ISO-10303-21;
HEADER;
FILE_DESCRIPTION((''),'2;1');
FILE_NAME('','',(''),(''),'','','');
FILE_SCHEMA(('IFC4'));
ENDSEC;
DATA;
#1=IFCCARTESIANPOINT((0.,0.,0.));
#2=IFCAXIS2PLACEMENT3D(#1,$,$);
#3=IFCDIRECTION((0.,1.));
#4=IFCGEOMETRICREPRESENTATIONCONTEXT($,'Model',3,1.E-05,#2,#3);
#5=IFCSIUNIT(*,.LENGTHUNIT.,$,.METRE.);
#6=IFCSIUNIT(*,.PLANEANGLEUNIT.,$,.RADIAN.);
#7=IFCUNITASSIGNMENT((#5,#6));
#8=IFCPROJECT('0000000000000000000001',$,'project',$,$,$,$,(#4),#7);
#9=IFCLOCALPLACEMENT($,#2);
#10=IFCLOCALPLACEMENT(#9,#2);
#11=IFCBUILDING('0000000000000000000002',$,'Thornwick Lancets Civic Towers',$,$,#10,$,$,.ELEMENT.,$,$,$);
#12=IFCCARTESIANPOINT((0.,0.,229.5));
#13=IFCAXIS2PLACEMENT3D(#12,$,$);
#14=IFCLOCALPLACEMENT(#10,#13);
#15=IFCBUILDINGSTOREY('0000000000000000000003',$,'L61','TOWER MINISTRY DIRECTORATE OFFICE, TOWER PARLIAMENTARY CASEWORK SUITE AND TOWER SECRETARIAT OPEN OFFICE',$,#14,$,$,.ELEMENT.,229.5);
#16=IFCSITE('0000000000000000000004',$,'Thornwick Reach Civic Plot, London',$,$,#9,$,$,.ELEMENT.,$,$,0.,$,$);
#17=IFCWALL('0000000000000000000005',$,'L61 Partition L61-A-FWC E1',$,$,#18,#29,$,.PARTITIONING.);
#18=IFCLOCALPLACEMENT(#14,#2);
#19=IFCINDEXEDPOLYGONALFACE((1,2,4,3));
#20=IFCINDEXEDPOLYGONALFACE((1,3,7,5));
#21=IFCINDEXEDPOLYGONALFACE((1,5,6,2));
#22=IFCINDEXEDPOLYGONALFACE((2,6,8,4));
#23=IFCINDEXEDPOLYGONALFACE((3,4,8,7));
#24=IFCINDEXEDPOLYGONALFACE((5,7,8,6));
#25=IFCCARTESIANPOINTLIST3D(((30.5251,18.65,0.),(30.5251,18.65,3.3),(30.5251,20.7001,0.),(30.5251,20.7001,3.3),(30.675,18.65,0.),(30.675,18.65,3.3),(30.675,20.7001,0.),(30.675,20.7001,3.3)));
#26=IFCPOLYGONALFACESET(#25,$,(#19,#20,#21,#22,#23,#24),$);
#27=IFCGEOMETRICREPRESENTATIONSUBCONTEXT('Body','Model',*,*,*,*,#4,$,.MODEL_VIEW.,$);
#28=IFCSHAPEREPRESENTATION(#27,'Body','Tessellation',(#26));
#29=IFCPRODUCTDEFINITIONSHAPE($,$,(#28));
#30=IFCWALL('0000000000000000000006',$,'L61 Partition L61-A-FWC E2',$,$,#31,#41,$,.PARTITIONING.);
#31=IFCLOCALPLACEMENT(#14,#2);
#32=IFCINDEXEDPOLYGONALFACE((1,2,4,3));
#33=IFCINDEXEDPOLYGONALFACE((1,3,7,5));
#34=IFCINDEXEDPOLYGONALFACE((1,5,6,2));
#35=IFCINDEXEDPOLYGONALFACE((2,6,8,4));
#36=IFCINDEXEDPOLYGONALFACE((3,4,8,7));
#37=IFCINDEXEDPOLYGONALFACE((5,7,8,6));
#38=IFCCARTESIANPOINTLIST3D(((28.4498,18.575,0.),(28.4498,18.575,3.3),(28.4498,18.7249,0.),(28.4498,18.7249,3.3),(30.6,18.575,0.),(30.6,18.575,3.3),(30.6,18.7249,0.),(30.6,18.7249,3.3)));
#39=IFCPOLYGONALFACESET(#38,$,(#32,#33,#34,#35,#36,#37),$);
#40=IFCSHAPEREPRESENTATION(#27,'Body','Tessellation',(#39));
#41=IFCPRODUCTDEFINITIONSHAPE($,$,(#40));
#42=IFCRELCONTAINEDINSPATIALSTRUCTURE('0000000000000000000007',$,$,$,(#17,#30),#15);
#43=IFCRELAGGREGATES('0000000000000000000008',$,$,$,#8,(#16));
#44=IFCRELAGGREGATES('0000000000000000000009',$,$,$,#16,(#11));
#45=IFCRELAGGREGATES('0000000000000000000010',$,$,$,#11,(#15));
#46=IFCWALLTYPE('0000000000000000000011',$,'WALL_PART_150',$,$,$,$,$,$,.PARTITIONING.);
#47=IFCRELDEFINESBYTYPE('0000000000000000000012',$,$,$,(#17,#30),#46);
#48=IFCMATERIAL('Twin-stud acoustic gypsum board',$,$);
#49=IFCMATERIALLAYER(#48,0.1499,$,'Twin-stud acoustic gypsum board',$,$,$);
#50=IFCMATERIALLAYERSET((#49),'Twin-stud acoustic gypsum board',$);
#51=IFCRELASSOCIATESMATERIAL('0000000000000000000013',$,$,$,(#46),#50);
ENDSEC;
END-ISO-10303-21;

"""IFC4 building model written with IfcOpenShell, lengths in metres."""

from ifc_helpers import new_model, si_unit, direction, frame, frame_2d, origin, place, context, subcontext, project, spatial, rectangle, extrude, material, layer, layer_set, type_object, element, save


model = new_model("IFC4")

# Units and contexts
model_context = context("Model", 3, precision=1e-05, world=origin(), true_north=direction((0.0, 1.0)))
body_context = subcontext(model_context, "Body", "Model", "MODEL_VIEW")
ifc_project = project(units=[si_unit("LENGTHUNIT", "METRE"), si_unit("PLANEANGLEUNIT", "RADIAN")], contexts=[model_context])

# Site, building, storey
site_placement = place(None, origin())
site = spatial("IfcSite", under=ifc_project, at=site_placement, Name="Thornwick Reach Civic Plot, London", CompositionType="ELEMENT", RefElevation=0.0)
building_placement = place(site_placement, origin())
building = spatial("IfcBuilding", under=site, at=building_placement, Name="Thornwick Lancets Civic Towers", CompositionType="ELEMENT")
storey_placement = place(building_placement, frame((0.0, 0.0, 229.5)))
storey = spatial("IfcBuildingStorey", under=building, at=storey_placement, Name="L61", Description="TOWER MINISTRY DIRECTORATE OFFICE, TOWER PARLIAMENTARY CASEWORK SUITE AND TOWER SECRETARIAT OPEN OFFICE", CompositionType="ELEMENT", Elevation=229.5)

# Walls
ifc_material_1 = material(Name="Twin-stud acoustic gypsum board")
ifc_layer_1 = layer(ifc_material_1, 0.1499, Name="Twin-stud acoustic gypsum board")
ifc_layer_set_1 = layer_set([ifc_layer_1], Name="Twin-stud acoustic gypsum board")
wall_type_1 = type_object("IfcWallType", Name="WALL_PART_150", PredefinedType="PARTITIONING", material=ifc_layer_set_1)
wall_1_placement = place(storey_placement, frame((30.6001, 20.7, 0.0), z_axis=(0.0, 0.0, 1.0), x_axis=(0.0, -1.0, 0.0)))
element("IfcWall", 1, at=wall_1_placement, inside=storey, type_object=wall_type_1, Name="L61 Partition L61-A-FWC E1", PredefinedType="PARTITIONING", context=body_context, shape_type="SweptSolid", body=[
    extrude(rectangle(XDim=2.05, YDim=0.1499, at=frame_2d((1.0249, 0.0))), origin(), (0.0, 0.0, 1.0), 3.3),
])
wall_2_placement = place(storey_placement, frame((30.6001, 18.6499, 0.0), z_axis=(0.0, 0.0, 1.0), x_axis=(-1.0, 0.0, 0.0)))
element("IfcWall", 2, at=wall_2_placement, inside=storey, type_object=wall_type_1, Name="L61 Partition L61-A-FWC E2", PredefinedType="PARTITIONING", context=body_context, shape_type="SweptSolid", body=[
    extrude(rectangle(XDim=2.1501, YDim=0.1499, at=frame_2d((1.0752, 0.0))), origin(), (0.0, 0.0, 1.0), 3.3),
])

save(model, "model.ifc")
